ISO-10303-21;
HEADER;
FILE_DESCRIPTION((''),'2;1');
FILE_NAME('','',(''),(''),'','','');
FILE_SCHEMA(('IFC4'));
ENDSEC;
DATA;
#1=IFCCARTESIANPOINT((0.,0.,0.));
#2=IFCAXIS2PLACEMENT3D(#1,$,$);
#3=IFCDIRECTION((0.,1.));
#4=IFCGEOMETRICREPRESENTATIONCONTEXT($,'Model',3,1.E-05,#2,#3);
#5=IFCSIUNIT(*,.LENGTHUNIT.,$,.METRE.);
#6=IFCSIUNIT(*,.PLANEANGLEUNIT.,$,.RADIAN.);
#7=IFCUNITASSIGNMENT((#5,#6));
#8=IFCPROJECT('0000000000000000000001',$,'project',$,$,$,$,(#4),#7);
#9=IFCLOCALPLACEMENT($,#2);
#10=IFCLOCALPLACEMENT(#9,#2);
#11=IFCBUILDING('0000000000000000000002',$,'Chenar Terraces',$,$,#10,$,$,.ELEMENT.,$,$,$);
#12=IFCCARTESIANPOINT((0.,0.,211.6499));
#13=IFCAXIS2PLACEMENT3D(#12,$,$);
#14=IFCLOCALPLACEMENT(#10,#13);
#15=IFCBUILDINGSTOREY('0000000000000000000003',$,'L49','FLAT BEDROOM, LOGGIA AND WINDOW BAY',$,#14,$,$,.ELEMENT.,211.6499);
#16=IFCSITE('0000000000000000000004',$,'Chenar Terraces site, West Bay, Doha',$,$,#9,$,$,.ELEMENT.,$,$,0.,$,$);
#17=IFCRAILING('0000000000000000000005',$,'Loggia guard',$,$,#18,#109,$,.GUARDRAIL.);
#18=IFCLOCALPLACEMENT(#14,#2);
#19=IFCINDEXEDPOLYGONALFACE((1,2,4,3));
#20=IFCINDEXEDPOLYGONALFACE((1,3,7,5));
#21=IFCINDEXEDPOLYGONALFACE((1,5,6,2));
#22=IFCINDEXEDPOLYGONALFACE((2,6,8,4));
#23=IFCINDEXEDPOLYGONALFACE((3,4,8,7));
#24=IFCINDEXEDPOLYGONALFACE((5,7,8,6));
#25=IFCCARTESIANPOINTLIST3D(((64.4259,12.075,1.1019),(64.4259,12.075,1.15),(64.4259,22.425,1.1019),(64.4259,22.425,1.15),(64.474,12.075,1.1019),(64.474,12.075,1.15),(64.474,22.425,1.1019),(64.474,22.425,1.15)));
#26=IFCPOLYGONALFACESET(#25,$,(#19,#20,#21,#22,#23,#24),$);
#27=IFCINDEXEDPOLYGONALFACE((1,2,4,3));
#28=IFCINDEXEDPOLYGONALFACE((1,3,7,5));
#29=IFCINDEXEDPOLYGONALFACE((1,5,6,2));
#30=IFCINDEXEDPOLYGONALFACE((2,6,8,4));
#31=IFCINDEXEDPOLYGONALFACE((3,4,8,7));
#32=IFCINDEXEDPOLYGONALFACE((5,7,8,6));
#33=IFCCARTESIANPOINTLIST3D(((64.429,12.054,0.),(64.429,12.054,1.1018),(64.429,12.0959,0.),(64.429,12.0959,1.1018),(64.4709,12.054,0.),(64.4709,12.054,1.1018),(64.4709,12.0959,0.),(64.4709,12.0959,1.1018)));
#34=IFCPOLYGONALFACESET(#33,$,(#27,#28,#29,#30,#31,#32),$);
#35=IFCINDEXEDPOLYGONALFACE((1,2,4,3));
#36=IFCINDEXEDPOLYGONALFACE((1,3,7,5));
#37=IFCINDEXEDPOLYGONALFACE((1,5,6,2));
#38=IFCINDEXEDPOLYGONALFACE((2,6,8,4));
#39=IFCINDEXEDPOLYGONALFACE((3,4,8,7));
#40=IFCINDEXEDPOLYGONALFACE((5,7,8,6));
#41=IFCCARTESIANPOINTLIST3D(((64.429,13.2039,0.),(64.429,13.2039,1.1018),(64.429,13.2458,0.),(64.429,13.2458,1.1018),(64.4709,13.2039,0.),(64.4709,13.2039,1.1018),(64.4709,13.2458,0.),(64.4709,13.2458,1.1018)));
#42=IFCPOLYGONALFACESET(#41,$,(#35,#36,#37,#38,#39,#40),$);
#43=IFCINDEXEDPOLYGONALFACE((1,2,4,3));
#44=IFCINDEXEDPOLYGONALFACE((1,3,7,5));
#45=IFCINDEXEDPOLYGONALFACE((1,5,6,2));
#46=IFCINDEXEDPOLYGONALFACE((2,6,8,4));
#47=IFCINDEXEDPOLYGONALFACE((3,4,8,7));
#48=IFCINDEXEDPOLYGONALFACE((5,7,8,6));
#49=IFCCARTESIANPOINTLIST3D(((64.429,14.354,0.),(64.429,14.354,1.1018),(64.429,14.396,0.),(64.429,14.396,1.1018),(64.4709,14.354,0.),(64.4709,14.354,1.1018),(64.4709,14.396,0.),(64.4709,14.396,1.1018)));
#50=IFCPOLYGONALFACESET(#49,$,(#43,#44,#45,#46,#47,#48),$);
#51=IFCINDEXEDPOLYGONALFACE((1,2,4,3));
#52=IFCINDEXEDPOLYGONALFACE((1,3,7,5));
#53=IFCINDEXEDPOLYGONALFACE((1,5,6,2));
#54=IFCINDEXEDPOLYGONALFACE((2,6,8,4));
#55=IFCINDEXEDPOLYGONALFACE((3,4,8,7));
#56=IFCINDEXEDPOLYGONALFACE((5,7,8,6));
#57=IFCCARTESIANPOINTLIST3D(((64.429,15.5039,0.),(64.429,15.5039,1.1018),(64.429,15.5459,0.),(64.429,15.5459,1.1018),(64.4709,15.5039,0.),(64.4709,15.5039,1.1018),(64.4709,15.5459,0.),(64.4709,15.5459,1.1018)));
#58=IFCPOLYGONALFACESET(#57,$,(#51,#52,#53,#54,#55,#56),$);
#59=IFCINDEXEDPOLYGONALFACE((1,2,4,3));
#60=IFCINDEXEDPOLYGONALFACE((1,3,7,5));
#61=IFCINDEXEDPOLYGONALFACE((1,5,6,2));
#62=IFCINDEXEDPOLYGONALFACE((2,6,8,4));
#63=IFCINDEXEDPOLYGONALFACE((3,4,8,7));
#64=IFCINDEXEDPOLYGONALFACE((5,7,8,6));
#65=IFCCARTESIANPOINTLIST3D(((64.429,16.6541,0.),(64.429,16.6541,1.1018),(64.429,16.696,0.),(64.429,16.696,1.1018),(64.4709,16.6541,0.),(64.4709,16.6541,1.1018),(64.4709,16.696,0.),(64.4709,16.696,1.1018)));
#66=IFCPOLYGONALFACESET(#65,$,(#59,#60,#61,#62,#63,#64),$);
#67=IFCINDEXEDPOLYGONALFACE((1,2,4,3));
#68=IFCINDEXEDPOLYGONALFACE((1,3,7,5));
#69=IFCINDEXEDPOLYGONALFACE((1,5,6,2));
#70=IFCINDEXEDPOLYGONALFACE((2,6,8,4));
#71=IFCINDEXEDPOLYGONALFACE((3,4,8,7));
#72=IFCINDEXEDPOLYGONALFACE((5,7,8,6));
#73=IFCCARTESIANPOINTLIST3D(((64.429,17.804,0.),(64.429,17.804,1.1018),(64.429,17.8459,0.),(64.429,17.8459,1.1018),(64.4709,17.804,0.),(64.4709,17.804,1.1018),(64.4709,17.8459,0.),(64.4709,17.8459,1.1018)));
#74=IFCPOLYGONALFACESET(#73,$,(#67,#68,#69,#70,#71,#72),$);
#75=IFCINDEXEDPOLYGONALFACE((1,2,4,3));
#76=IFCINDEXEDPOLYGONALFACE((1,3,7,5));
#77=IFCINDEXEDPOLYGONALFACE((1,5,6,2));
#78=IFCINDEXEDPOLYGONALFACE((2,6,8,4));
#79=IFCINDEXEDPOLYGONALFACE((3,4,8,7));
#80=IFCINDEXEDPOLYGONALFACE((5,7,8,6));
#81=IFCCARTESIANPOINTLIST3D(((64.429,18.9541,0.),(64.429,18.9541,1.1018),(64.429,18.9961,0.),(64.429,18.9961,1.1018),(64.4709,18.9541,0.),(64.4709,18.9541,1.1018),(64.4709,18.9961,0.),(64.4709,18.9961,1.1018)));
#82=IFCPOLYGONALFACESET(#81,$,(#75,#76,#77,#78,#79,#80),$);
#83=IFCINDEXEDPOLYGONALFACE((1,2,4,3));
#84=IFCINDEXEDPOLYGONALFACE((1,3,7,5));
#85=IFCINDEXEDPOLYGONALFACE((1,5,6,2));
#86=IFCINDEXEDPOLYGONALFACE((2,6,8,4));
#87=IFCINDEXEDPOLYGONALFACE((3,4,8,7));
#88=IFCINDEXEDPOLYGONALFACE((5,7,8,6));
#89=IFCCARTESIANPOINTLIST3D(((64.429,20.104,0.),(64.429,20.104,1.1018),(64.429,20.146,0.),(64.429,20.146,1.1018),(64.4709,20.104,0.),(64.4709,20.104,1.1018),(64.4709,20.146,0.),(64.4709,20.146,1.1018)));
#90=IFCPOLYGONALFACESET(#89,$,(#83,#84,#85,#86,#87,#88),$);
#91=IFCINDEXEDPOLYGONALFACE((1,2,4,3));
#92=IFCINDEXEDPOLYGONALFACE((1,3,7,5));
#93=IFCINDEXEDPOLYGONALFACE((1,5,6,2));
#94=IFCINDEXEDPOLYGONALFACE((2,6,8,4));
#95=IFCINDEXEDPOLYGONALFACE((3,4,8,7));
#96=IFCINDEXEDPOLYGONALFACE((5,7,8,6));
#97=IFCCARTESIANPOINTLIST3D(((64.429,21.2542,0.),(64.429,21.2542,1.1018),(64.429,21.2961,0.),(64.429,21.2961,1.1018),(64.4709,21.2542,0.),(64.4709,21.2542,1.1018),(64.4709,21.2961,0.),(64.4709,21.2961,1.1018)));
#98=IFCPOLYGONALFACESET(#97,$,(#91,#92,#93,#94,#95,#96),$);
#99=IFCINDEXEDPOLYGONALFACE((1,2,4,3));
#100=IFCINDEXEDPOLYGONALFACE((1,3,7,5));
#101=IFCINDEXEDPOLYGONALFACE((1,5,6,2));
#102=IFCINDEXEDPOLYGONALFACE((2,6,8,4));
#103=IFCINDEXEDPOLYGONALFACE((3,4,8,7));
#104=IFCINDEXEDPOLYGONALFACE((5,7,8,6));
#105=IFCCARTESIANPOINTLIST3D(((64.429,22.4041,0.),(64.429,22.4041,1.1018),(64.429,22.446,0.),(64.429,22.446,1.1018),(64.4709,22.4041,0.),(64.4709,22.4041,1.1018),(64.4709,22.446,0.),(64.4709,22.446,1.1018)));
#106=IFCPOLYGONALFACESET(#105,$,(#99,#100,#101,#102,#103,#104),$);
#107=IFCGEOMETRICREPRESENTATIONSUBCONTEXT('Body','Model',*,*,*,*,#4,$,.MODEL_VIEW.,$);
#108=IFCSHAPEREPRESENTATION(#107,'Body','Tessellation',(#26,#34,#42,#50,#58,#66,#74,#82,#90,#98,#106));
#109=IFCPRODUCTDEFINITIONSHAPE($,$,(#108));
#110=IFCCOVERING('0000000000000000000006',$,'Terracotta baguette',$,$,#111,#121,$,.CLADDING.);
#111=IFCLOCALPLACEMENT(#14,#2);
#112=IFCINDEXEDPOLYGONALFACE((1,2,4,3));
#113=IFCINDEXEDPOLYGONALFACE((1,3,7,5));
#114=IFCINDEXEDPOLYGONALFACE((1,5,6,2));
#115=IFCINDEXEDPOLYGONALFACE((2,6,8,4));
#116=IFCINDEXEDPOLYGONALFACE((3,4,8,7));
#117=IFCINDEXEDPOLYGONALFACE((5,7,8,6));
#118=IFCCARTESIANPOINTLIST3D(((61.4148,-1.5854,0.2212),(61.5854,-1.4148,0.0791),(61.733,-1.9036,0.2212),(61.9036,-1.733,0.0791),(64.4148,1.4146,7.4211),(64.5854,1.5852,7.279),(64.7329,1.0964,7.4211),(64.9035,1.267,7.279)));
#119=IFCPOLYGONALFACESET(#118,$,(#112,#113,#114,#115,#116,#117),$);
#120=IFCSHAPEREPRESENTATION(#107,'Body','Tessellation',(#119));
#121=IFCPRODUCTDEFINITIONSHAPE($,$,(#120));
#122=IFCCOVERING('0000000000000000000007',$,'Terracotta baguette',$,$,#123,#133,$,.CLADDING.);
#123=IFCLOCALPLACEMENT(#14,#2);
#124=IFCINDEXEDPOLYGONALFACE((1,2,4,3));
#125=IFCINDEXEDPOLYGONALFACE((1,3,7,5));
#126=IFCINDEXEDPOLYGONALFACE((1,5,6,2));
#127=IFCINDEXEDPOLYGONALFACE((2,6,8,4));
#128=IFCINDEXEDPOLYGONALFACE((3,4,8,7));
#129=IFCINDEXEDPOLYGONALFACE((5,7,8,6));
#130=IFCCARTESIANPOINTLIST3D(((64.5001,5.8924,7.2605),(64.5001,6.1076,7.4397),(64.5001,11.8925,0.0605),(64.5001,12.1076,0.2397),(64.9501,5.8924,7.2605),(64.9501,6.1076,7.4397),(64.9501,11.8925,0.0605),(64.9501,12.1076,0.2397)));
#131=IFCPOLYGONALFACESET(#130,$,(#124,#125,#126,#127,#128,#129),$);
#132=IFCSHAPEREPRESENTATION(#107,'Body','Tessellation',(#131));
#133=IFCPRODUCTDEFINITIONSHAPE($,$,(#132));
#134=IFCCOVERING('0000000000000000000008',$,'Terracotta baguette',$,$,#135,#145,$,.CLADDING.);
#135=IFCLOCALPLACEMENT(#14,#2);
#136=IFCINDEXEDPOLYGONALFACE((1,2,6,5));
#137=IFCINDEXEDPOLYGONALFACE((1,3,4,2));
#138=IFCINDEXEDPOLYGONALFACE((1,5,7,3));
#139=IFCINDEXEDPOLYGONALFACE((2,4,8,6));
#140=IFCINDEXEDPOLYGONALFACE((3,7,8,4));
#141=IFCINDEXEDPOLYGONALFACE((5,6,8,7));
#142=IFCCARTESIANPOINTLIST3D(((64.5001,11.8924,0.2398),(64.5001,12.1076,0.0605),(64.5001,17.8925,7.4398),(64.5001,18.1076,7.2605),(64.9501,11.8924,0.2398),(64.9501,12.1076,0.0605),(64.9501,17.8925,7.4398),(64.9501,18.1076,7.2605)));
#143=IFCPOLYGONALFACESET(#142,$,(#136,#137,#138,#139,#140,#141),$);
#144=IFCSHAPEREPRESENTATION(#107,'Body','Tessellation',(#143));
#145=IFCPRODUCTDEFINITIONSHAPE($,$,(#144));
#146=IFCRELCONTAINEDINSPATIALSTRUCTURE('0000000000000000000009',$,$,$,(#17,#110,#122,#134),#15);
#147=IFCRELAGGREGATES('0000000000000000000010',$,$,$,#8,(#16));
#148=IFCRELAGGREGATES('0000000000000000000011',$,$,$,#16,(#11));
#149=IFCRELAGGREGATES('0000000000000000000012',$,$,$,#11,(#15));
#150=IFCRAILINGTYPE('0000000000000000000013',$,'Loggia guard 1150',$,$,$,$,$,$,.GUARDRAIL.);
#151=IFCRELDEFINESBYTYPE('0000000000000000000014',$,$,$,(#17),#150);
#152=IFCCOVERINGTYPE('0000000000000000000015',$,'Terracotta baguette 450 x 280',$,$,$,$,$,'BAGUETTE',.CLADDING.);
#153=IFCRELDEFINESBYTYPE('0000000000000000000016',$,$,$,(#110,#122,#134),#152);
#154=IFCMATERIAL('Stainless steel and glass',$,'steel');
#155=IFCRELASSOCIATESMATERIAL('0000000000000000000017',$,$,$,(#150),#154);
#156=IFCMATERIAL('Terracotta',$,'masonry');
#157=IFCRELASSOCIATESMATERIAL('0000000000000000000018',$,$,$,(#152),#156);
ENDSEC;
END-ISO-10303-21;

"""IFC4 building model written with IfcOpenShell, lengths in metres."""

from ifc_helpers import new_model, si_unit, direction, frame, origin, origin_2d, place, context, subcontext, project, spatial, rectangle, extrude, material, material_profile, profile_set, type_object, element, save


model = new_model("IFC4")

# Units and contexts
model_context = context("Model", 3, precision=1e-05, world=origin(), true_north=direction((0.0, 1.0)))
body_context = subcontext(model_context, "Body", "Model", "MODEL_VIEW")
ifc_project = project(units=[si_unit("LENGTHUNIT", "METRE"), si_unit("PLANEANGLEUNIT", "RADIAN")], contexts=[model_context])

# Site, building, storey
site_placement = place(None, origin())
site = spatial("IfcSite", under=ifc_project, at=site_placement, Name="Chenar Terraces site, West Bay, Doha", CompositionType="ELEMENT", RefElevation=0.0)
building_placement = place(site_placement, origin())
building = spatial("IfcBuilding", under=site, at=building_placement, Name="Chenar Terraces", CompositionType="ELEMENT")
storey_placement = place(building_placement, frame((0.0, 0.0, 211.6499)))
storey = spatial("IfcBuildingStorey", under=building, at=storey_placement, Name="L49", Description="FLAT BEDROOM, LOGGIA AND WINDOW BAY", CompositionType="ELEMENT", Elevation=211.6499)

# Railing
ifc_material_1 = material(Name="Stainless steel and glass", Category="steel")
railing_type = type_object("IfcRailingType", Name="Loggia guard 1150", PredefinedType="GUARDRAIL", material=ifc_material_1)
railing_placement = place(storey_placement, frame((64.45, 12.075, 0.0)))
element("IfcRailing", 1, at=railing_placement, inside=storey, type_object=railing_type, Name="Loggia guard", PredefinedType="GUARDRAIL", context=body_context, shape_type="SweptSolid", body=[
    extrude(rectangle(XDim=0.0481, YDim=0.0481, at=origin_2d()), frame((0.0, 0.0, 1.126), z_axis=(0.0, 1.0, 0.0), x_axis=(-1.0, 0.0, 0.0)), (0.0, 0.0, 1.0), 10.3501),
    extrude(rectangle(XDim=0.042, YDim=0.042, at=origin_2d()), origin(), (0.0, 0.0, 1.0), 1.1018),
    extrude(rectangle(XDim=0.042, YDim=0.042, at=origin_2d()), frame((0.0, 1.1499, 0.0)), (0.0, 0.0, 1.0), 1.1018),
    extrude(rectangle(XDim=0.042, YDim=0.042, at=origin_2d()), frame((0.0, 2.3, 0.0)), (0.0, 0.0, 1.0), 1.1018),
    extrude(rectangle(XDim=0.042, YDim=0.042, at=origin_2d()), frame((0.0, 3.45, 0.0)), (0.0, 0.0, 1.0), 1.1018),
    extrude(rectangle(XDim=0.042, YDim=0.042, at=origin_2d()), frame((0.0, 4.6001, 0.0)), (0.0, 0.0, 1.0), 1.1018),
    extrude(rectangle(XDim=0.042, YDim=0.042, at=origin_2d()), frame((0.0, 5.75, 0.0)), (0.0, 0.0, 1.0), 1.1018),
    extrude(rectangle(XDim=0.042, YDim=0.042, at=origin_2d()), frame((0.0, 6.9001, 0.0)), (0.0, 0.0, 1.0), 1.1018),
    extrude(rectangle(XDim=0.042, YDim=0.042, at=origin_2d()), frame((0.0, 8.05, 0.0)), (0.0, 0.0, 1.0), 1.1018),
    extrude(rectangle(XDim=0.042, YDim=0.042, at=origin_2d()), frame((0.0, 9.2002, 0.0)), (0.0, 0.0, 1.0), 1.1018),
    extrude(rectangle(XDim=0.042, YDim=0.042, at=origin_2d()), frame((0.0, 10.3501, 0.0)), (0.0, 0.0, 1.0), 1.1018),
])

# Coverings
ifc_material_2 = material(Name="Terracotta", Category="masonry")
ifc_material_profile_1 = material_profile(ifc_material_2, rectangle(XDim=0.45, YDim=0.28, at=origin_2d()), Name="Terracotta baguette 450 x 280")
ifc_profile_set_1 = profile_set([ifc_material_profile_1], Name="Terracotta")
covering_type = type_object("IfcCoveringType", Name="Terracotta baguette 450 x 280", ElementType="BAGUETTE", PredefinedType="CLADDING", material=ifc_profile_set_1)
covering_placement = place(storey_placement, frame((61.6592, -1.6592, 0.1501), z_axis=(0.358981, 0.358981, 0.861548), x_axis=(-0.707107, 0.707107, 0.0)))
element("IfcCovering", 2, at=covering_placement, inside=storey, type_object=covering_type, Name="Terracotta baguette", PredefinedType="CLADDING", context=body_context, shape_type="SweptSolid", body=[
    extrude(rectangle(XDim=0.45, YDim=0.28, at=origin_2d()), origin(), (0.0, 0.0, 1.0), 8.3569),
])
for number, where, z_axis, x_axis, name in (
    (3, (64.7251, 6.0, 7.3501), (0.0, 0.640187, -0.768219), (-1.0, 0.0, 0.0), "Terracotta baguette"),
    (4, (64.7251, 12.0, 0.1501), (0.0, 0.640187, 0.768219), (-1.0, 0.0, 0.0), "Terracotta baguette"),
):
    element("IfcCovering", number, at=place(storey_placement, frame(where, z_axis=z_axis, x_axis=x_axis)), inside=storey, type_object=covering_type, Name=name, PredefinedType="CLADDING", context=body_context, shape_type="SweptSolid", body=[
        extrude(rectangle(XDim=0.45, YDim=0.28, at=origin_2d()), origin(), (0.0, 0.0, 1.0), 9.3723),
    ])

save(model, "model.ifc")
